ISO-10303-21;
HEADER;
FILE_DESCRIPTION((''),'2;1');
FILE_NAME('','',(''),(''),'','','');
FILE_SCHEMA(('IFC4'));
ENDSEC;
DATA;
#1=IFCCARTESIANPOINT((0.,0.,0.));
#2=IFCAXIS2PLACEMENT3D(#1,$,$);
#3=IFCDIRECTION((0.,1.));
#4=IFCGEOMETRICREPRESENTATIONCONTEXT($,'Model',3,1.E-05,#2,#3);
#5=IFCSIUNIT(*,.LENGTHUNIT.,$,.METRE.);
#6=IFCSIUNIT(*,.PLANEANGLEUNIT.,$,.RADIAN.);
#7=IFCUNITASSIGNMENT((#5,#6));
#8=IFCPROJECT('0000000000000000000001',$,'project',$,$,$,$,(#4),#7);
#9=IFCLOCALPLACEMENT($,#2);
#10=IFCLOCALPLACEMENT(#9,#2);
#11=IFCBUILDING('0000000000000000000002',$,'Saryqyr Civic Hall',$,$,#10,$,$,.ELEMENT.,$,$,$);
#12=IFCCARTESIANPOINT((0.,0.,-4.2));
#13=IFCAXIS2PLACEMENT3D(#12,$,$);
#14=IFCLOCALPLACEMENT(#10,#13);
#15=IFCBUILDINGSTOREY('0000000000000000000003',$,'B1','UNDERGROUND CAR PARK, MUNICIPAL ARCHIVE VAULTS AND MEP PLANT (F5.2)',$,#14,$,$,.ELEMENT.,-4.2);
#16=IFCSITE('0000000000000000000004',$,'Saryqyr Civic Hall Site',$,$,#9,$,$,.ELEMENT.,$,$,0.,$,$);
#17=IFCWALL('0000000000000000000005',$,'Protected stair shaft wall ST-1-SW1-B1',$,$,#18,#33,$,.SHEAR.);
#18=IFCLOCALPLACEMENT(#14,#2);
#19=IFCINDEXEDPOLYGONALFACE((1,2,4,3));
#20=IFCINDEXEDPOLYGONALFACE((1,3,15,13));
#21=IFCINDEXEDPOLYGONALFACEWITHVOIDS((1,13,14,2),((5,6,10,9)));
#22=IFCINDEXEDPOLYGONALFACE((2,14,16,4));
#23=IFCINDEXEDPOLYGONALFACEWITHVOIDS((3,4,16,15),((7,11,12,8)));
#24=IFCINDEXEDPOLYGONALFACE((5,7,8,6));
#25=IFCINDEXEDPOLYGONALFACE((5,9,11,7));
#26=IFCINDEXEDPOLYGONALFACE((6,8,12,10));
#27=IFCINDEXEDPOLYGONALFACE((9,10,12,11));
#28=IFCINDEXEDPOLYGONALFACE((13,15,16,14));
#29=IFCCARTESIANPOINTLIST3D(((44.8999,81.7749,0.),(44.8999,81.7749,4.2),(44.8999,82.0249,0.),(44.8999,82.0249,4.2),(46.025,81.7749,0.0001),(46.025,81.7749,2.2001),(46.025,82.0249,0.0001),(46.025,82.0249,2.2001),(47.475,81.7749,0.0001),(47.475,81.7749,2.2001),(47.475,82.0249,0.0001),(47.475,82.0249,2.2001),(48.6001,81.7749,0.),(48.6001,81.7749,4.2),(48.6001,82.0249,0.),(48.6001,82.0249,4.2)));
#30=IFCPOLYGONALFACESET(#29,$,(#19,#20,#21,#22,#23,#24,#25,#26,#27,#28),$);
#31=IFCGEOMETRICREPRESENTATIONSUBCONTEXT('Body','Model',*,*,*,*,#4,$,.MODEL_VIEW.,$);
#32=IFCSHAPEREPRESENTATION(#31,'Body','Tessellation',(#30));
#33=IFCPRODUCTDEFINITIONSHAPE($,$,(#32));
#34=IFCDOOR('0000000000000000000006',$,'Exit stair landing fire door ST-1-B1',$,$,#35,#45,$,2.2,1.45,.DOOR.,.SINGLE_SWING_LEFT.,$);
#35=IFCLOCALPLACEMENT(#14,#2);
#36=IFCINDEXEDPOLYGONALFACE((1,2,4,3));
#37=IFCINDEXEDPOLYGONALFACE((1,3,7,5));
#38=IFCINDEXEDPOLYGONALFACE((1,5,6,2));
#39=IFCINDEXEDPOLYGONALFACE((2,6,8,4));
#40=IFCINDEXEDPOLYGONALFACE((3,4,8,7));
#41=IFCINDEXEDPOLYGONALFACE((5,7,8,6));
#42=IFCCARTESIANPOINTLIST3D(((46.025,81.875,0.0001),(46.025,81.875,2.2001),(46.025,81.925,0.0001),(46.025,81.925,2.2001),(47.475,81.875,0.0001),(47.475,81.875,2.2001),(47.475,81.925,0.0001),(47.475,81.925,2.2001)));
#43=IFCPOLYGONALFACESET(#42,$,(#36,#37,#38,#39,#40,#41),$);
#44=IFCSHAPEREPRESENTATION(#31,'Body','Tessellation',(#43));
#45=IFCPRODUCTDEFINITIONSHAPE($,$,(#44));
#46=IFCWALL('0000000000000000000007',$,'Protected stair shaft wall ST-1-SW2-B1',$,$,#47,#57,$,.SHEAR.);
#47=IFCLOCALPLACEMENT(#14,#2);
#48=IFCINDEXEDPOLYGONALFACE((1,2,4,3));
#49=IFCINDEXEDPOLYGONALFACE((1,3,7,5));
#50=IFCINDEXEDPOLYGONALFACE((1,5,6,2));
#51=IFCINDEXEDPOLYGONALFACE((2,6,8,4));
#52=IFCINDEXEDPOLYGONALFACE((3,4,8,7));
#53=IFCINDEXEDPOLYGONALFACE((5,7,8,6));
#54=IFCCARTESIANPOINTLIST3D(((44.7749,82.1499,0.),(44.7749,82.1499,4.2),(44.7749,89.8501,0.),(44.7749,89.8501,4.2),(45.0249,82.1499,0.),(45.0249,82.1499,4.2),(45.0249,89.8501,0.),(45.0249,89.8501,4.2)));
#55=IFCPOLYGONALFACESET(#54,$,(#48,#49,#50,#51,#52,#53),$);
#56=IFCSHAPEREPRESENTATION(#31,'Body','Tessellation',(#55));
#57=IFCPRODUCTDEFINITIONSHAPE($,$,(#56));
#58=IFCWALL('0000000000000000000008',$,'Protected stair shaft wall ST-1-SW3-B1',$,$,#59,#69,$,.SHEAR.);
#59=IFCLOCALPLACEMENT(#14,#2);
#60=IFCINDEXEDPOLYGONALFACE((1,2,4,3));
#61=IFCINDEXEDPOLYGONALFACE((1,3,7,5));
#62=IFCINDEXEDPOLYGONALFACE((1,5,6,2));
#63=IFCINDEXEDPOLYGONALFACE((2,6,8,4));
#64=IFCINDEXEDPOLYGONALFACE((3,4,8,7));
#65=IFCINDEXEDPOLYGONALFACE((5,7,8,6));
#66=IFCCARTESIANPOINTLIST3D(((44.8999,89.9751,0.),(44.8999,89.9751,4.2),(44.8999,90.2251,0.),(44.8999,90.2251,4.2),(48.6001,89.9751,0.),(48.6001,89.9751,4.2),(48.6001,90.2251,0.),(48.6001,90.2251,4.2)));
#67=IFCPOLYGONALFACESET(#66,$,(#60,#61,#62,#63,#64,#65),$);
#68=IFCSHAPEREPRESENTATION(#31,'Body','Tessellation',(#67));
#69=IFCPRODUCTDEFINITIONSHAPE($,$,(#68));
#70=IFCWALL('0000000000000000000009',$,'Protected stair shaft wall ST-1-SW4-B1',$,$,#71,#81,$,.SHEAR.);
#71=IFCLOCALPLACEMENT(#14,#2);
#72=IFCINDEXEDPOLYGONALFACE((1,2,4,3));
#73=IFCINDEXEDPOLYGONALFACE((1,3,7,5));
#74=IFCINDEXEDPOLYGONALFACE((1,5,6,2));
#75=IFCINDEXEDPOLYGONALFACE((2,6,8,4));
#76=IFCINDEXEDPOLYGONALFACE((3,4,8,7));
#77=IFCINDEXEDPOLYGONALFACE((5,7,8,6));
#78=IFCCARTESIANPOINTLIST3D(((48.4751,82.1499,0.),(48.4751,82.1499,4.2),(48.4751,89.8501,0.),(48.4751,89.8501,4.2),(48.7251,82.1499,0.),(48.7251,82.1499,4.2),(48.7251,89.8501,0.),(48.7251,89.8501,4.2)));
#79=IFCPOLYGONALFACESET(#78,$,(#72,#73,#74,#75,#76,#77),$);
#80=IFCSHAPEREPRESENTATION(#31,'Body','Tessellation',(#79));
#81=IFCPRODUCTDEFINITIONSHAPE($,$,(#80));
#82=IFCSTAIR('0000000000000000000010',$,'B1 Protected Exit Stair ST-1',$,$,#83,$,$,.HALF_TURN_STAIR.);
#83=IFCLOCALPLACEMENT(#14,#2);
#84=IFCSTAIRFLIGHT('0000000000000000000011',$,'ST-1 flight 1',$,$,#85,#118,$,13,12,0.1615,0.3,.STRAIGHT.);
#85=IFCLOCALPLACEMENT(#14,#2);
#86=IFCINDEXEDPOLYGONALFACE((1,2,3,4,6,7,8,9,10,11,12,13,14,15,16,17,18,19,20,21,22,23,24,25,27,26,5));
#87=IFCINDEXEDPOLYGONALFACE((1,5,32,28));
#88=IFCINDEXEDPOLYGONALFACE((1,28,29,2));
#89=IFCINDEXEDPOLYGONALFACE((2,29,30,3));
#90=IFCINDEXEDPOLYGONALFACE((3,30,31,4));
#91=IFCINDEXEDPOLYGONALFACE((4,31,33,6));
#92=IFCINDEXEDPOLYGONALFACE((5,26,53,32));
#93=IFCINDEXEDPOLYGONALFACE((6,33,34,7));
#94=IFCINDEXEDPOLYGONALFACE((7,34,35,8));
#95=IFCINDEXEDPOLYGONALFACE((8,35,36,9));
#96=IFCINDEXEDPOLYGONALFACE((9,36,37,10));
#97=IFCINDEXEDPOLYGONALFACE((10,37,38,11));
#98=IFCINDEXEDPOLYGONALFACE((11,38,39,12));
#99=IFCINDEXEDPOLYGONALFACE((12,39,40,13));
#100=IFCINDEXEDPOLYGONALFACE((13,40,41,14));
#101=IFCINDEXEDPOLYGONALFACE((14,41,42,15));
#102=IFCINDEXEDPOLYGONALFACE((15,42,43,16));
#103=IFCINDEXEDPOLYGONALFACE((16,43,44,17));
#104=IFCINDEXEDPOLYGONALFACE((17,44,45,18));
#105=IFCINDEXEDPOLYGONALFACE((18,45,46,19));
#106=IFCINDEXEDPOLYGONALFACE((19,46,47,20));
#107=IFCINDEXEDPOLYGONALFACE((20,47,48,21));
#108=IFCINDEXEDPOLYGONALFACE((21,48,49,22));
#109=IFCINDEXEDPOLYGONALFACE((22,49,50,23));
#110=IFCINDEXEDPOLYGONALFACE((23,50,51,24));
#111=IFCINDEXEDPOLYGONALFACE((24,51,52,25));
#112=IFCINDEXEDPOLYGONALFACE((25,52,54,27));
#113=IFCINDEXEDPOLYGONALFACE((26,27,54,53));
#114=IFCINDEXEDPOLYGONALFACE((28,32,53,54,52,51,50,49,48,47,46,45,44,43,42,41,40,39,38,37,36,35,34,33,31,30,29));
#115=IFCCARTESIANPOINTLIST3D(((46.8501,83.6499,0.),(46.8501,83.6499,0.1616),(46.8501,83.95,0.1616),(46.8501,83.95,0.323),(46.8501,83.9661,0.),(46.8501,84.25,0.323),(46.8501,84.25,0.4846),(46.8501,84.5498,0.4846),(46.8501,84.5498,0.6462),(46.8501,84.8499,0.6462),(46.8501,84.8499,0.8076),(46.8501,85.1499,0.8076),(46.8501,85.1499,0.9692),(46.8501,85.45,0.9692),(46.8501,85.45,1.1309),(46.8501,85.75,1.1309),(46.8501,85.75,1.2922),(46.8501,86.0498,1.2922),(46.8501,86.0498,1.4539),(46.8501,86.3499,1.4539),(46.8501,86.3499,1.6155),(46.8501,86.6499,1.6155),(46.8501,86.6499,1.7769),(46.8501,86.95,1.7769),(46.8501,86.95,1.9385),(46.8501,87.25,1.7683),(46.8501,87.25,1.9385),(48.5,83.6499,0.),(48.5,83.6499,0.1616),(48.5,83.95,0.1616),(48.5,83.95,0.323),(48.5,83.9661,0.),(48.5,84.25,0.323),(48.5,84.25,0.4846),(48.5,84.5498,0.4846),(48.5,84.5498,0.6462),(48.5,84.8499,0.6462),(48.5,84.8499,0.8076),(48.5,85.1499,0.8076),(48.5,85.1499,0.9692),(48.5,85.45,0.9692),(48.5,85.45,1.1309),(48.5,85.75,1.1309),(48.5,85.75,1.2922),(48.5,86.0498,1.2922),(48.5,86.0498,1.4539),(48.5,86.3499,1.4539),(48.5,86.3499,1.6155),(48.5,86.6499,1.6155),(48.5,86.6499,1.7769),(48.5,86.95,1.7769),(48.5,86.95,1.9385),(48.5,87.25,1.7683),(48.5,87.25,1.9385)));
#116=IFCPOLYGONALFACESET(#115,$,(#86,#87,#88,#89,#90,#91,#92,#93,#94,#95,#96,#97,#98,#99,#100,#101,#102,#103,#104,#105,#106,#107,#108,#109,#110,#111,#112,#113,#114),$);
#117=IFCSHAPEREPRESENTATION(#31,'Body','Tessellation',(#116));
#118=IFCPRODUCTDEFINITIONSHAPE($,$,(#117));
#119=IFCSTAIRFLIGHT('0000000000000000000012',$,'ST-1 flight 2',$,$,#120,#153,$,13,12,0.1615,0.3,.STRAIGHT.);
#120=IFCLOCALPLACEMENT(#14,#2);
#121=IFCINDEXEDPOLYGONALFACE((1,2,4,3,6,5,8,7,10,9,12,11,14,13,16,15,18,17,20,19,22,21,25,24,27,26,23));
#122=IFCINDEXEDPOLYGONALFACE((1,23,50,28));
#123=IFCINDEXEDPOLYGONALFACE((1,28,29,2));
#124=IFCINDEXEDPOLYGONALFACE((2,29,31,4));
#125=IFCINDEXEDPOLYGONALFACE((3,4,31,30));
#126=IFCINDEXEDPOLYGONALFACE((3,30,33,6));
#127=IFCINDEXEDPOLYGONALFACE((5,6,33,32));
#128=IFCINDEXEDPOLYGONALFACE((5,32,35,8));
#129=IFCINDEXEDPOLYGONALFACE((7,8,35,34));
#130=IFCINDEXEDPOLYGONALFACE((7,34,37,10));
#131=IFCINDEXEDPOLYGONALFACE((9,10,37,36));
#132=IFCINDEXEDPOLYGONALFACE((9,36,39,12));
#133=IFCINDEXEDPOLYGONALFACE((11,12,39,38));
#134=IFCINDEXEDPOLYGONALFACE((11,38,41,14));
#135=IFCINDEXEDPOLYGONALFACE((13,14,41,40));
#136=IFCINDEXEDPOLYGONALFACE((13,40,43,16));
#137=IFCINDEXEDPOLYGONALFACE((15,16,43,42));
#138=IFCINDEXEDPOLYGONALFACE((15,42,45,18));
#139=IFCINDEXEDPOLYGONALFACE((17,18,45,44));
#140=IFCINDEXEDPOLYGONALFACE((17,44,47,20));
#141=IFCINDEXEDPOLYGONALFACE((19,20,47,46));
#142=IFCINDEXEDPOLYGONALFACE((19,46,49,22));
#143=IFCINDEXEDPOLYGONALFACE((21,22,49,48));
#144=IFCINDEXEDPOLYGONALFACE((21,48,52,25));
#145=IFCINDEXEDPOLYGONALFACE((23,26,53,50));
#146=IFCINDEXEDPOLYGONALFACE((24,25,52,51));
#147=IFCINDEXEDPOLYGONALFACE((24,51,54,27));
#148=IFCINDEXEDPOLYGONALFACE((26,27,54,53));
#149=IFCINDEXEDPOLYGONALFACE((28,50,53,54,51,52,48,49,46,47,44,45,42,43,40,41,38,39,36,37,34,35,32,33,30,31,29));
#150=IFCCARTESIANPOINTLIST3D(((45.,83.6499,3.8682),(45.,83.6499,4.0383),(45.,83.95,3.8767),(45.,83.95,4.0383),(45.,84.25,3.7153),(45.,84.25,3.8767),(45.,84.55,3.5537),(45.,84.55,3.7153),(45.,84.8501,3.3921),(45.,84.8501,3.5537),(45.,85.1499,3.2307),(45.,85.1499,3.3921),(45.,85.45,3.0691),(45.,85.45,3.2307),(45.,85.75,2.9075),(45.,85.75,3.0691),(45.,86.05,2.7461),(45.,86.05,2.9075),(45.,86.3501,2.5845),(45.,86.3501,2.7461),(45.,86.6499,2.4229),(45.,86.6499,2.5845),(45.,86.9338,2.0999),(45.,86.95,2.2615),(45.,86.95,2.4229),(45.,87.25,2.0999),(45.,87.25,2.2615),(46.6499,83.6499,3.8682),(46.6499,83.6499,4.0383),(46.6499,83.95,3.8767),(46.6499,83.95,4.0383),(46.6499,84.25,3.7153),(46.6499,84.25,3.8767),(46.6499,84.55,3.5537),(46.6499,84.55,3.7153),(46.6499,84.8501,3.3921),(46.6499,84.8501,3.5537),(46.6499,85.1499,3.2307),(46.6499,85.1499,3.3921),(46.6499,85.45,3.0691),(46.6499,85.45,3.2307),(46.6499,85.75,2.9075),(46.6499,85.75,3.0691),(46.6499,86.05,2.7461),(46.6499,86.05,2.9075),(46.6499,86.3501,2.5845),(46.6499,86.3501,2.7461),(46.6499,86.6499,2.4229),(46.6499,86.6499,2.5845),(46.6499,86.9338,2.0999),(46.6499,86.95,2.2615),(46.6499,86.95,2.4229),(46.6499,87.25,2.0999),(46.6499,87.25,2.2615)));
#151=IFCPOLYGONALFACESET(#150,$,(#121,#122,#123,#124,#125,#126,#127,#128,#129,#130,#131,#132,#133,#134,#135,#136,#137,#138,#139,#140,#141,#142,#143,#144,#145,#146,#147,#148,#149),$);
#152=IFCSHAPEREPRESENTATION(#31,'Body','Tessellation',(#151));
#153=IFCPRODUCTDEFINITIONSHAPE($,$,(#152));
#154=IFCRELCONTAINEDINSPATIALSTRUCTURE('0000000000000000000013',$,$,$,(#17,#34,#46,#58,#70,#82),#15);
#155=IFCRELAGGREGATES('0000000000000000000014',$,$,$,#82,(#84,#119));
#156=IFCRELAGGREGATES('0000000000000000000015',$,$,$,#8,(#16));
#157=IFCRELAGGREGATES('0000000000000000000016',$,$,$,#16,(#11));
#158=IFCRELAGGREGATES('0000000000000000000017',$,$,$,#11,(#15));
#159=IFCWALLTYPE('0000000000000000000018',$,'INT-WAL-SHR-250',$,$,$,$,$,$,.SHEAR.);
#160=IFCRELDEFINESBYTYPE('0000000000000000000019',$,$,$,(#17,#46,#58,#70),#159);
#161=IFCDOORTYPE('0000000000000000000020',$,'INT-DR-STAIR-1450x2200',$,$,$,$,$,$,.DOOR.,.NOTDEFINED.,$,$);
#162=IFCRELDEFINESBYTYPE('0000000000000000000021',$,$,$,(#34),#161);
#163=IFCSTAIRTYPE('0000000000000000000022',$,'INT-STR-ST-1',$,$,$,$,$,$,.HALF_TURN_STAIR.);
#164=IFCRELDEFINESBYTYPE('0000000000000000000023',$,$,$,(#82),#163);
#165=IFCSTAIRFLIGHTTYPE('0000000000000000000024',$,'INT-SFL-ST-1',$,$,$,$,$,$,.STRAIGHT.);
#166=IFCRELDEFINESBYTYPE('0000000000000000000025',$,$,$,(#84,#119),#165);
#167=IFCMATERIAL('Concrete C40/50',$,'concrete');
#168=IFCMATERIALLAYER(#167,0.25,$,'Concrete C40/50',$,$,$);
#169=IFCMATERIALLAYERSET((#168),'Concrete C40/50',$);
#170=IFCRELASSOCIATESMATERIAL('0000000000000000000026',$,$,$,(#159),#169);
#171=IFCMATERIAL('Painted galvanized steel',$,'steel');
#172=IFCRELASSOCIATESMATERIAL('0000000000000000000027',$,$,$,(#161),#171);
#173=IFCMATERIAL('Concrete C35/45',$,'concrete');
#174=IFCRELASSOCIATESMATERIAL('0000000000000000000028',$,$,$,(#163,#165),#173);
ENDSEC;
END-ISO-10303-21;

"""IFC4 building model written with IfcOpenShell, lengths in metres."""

from ifc_helpers import new_model, si_unit, direction, frame, frame_2d, origin, place, context, subcontext, project, spatial, polyline, rectangle, outline, extrude, material, layer, layer_set, type_object, element, fill, aggregate, save


model = new_model("IFC4")

# Units and contexts
model_context = context("Model", 3, precision=1e-05, world=origin(), true_north=direction((0.0, 1.0)))
body_context = subcontext(model_context, "Body", "Model", "MODEL_VIEW")
ifc_project = project(units=[si_unit("LENGTHUNIT", "METRE"), si_unit("PLANEANGLEUNIT", "RADIAN")], contexts=[model_context])

# Site, building, storey
site_placement = place(None, origin())
site = spatial("IfcSite", under=ifc_project, at=site_placement, Name="Saryqyr Civic Hall Site", CompositionType="ELEMENT", RefElevation=0.0)
building_placement = place(site_placement, origin())
building = spatial("IfcBuilding", under=site, at=building_placement, Name="Saryqyr Civic Hall", CompositionType="ELEMENT")
storey_placement = place(building_placement, frame((0.0, 0.0, -4.2)))
storey = spatial("IfcBuildingStorey", under=building, at=storey_placement, Name="B1", Description="UNDERGROUND CAR PARK, MUNICIPAL ARCHIVE VAULTS AND MEP PLANT (F5.2)", CompositionType="ELEMENT", Elevation=-4.2)

# Shared definitions
ifc_material_1 = material(Name="Concrete C35/45", Category="concrete")

# Shared definitions
ifc_material_2 = material(Name="Concrete C40/50", Category="concrete")

# Wall, opening, door
ifc_material_3 = material(Name="Painted galvanized steel", Category="steel")
ifc_layer_1 = layer(ifc_material_2, 0.25, Name="Concrete C40/50")
ifc_layer_set_1 = layer_set([ifc_layer_1], Name="Concrete C40/50")
wall_type_1 = type_object("IfcWallType", Name="INT-WAL-SHR-250", PredefinedType="SHEAR", material=ifc_layer_set_1)
wall_1_placement = place(storey_placement, frame((48.6001, 81.8999, 0.0), z_axis=(0.0, 0.0, 1.0), x_axis=(-1.0, 0.0, 0.0)))
wall_1 = element("IfcWall", 1, at=wall_1_placement, inside=storey, type_object=wall_type_1, Name="Protected stair shaft wall ST-1-SW1-B1", PredefinedType="SHEAR", context=body_context, shape_type="SweptSolid", body=[
    extrude(rectangle(XDim=3.7002, YDim=0.25, at=frame_2d((1.8501, 0.0))), origin(), (0.0, 0.0, 1.0), 4.2),
])
opening_1_placement = place(wall_1_placement, frame((1.125, 0.0, 0.0)))
opening_1 = element("IfcOpeningElement", 2, at=opening_1_placement, cuts=wall_1, PredefinedType="OPENING", context=body_context, shape_type="SweptSolid", body=[
    extrude(rectangle(XDim=1.45, YDim=2.2, at=frame_2d((0.7251, 1.1001))), frame((0.0, 0.135, 0.0), z_axis=(0.0, -1.0, 0.0), x_axis=(1.0, 0.0, 0.0)), (0.0, 0.0, 1.0), 0.27),
])
door_type_1 = type_object("IfcDoorType", Name="INT-DR-STAIR-1450x2200", OperationType="NOTDEFINED", PredefinedType="DOOR", material=ifc_material_3)
door_1_placement = place(opening_1_placement, origin())
door_1 = element("IfcDoor", 3, at=door_1_placement, inside=storey, type_object=door_type_1, Name="Exit stair landing fire door ST-1-B1", OperationType="SINGLE_SWING_LEFT", OverallHeight=2.2, OverallWidth=1.45, PredefinedType="DOOR", context=body_context, shape_type="SweptSolid", body=[
    extrude(rectangle(XDim=1.45, YDim=2.2, at=frame_2d((0.7251, 1.1001))), frame((0.0, 0.0249, 0.0), z_axis=(0.0, -1.0, 0.0), x_axis=(1.0, 0.0, 0.0)), (0.0, 0.0, 1.0), 0.05),
])
fill(opening_1, door_1)

# Walls
wall_2_placement = place(storey_placement, frame((44.8999, 82.1499, 0.0), z_axis=(0.0, 0.0, 1.0), x_axis=(0.0, 1.0, 0.0)))
element("IfcWall", 4, at=wall_2_placement, inside=storey, type_object=wall_type_1, Name="Protected stair shaft wall ST-1-SW2-B1", PredefinedType="SHEAR", context=body_context, shape_type="SweptSolid", body=[
    extrude(rectangle(XDim=7.7002, YDim=0.25, at=frame_2d((3.8501, 0.0))), origin(), (0.0, 0.0, 1.0), 4.2),
])
wall_3_placement = place(storey_placement, frame((44.8999, 90.1001, 0.0), z_axis=(0.0, 0.0, 1.0), x_axis=(1.0, 0.0, 0.0)))
element("IfcWall", 5, at=wall_3_placement, inside=storey, type_object=wall_type_1, Name="Protected stair shaft wall ST-1-SW3-B1", PredefinedType="SHEAR", context=body_context, shape_type="SweptSolid", body=[
    extrude(rectangle(XDim=3.7002, YDim=0.25, at=frame_2d((1.8501, 0.0))), origin(), (0.0, 0.0, 1.0), 4.2),
])
wall_4_placement = place(storey_placement, frame((48.6001, 89.8501, 0.0), z_axis=(0.0, 0.0, 1.0), x_axis=(0.0, -1.0, 0.0)))
element("IfcWall", 6, at=wall_4_placement, inside=storey, type_object=wall_type_1, Name="Protected stair shaft wall ST-1-SW4-B1", PredefinedType="SHEAR", context=body_context, shape_type="SweptSolid", body=[
    extrude(rectangle(XDim=7.7002, YDim=0.25, at=frame_2d((3.8501, 0.0))), origin(), (0.0, 0.0, 1.0), 4.2),
])

# Stair, stair flights
stair_type = type_object("IfcStairType", Name="INT-STR-ST-1", PredefinedType="HALF_TURN_STAIR", material=ifc_material_1)
stair_placement = place(storey_placement, origin())
stair = element("IfcStair", 7, at=stair_placement, inside=storey, type_object=stair_type, Name="B1 Protected Exit Stair ST-1", PredefinedType="HALF_TURN_STAIR")
stair_flight_type = type_object("IfcStairFlightType", Name="INT-SFL-ST-1", PredefinedType="STRAIGHT", material=ifc_material_1)
stair_flight_1_placement = place(storey_placement, frame((47.675, 83.6499, 0.0), z_axis=(0.0, 0.0, 1.0), x_axis=(0.0, 1.0, 0.0)))
stair_flight_1 = element("IfcStairFlight", 8, at=stair_flight_1_placement, type_object=stair_flight_type, Name="ST-1 flight 1", NumberOfRisers=13, NumberOfTreads=12, PredefinedType="STRAIGHT", RiserHeight=0.1615, TreadLength=0.3, context=body_context, shape_type="SweptSolid", body=[
    extrude(outline(polyline([(0.0, 0.0), (0.0, 0.1616), (0.3, 0.1616), (0.3, 0.323), (0.6001, 0.323), (0.6001, 0.4846), (0.8999, 0.4846), (0.8999, 0.6462), (1.2, 0.6462), (1.2, 0.8076), (1.5, 0.8076), (1.5, 0.9692), (1.8, 0.9692), (1.8, 1.1309), (2.1001, 1.1309), (2.1001, 1.2922), (2.3999, 1.2922), (2.3999, 1.4539), (2.7, 1.4539), (2.7, 1.6155), (3.0, 1.6155), (3.0, 1.7769), (3.3, 1.7769), (3.3, 1.9385), (3.6001, 1.9385), (3.6001, 2.1001), (3.6001, 1.7683), (0.3162, 0.0), (0.0, 0.0)])), frame((0.0, 0.825, 0.0), z_axis=(0.0, -1.0, 0.0), x_axis=(1.0, 0.0, 0.0)), (0.0, 0.0, 1.0), 1.6499),
])
stair_flight_2_placement = place(storey_placement, frame((45.825, 87.25, 2.0999), z_axis=(0.0, 0.0, 1.0), x_axis=(0.0, -1.0, 0.0)))
stair_flight_2 = element("IfcStairFlight", 9, at=stair_flight_2_placement, type_object=stair_flight_type, Name="ST-1 flight 2", NumberOfRisers=13, NumberOfTreads=12, PredefinedType="STRAIGHT", RiserHeight=0.1615, TreadLength=0.3, context=body_context, shape_type="SweptSolid", body=[
    extrude(outline(polyline([(0.0, 0.0), (0.0, 0.1616), (0.3, 0.1616), (0.3, 0.323), (0.6001, 0.323), (0.6001, 0.4846), (0.8999, 0.4846), (0.8999, 0.6462), (1.2, 0.6462), (1.2, 0.8076), (1.5, 0.8076), (1.5, 0.9692), (1.8, 0.9692), (1.8, 1.1309), (2.1001, 1.1309), (2.1001, 1.2922), (2.3999, 1.2922), (2.3999, 1.4539), (2.7, 1.4539), (2.7, 1.6155), (3.0, 1.6155), (3.0, 1.7769), (3.3, 1.7769), (3.3, 1.9385), (3.6001, 1.9385), (3.6001, 2.1001), (3.6001, 1.7683), (0.3162, 0.0), (0.0, 0.0)])), frame((0.0, 0.825, 0.0), z_axis=(0.0, -1.0, 0.0), x_axis=(1.0, 0.0, 0.0)), (0.0, 0.0, 1.0), 1.6499),
])
aggregate(stair, [stair_flight_1, stair_flight_2])

save(model, "model.ifc")
